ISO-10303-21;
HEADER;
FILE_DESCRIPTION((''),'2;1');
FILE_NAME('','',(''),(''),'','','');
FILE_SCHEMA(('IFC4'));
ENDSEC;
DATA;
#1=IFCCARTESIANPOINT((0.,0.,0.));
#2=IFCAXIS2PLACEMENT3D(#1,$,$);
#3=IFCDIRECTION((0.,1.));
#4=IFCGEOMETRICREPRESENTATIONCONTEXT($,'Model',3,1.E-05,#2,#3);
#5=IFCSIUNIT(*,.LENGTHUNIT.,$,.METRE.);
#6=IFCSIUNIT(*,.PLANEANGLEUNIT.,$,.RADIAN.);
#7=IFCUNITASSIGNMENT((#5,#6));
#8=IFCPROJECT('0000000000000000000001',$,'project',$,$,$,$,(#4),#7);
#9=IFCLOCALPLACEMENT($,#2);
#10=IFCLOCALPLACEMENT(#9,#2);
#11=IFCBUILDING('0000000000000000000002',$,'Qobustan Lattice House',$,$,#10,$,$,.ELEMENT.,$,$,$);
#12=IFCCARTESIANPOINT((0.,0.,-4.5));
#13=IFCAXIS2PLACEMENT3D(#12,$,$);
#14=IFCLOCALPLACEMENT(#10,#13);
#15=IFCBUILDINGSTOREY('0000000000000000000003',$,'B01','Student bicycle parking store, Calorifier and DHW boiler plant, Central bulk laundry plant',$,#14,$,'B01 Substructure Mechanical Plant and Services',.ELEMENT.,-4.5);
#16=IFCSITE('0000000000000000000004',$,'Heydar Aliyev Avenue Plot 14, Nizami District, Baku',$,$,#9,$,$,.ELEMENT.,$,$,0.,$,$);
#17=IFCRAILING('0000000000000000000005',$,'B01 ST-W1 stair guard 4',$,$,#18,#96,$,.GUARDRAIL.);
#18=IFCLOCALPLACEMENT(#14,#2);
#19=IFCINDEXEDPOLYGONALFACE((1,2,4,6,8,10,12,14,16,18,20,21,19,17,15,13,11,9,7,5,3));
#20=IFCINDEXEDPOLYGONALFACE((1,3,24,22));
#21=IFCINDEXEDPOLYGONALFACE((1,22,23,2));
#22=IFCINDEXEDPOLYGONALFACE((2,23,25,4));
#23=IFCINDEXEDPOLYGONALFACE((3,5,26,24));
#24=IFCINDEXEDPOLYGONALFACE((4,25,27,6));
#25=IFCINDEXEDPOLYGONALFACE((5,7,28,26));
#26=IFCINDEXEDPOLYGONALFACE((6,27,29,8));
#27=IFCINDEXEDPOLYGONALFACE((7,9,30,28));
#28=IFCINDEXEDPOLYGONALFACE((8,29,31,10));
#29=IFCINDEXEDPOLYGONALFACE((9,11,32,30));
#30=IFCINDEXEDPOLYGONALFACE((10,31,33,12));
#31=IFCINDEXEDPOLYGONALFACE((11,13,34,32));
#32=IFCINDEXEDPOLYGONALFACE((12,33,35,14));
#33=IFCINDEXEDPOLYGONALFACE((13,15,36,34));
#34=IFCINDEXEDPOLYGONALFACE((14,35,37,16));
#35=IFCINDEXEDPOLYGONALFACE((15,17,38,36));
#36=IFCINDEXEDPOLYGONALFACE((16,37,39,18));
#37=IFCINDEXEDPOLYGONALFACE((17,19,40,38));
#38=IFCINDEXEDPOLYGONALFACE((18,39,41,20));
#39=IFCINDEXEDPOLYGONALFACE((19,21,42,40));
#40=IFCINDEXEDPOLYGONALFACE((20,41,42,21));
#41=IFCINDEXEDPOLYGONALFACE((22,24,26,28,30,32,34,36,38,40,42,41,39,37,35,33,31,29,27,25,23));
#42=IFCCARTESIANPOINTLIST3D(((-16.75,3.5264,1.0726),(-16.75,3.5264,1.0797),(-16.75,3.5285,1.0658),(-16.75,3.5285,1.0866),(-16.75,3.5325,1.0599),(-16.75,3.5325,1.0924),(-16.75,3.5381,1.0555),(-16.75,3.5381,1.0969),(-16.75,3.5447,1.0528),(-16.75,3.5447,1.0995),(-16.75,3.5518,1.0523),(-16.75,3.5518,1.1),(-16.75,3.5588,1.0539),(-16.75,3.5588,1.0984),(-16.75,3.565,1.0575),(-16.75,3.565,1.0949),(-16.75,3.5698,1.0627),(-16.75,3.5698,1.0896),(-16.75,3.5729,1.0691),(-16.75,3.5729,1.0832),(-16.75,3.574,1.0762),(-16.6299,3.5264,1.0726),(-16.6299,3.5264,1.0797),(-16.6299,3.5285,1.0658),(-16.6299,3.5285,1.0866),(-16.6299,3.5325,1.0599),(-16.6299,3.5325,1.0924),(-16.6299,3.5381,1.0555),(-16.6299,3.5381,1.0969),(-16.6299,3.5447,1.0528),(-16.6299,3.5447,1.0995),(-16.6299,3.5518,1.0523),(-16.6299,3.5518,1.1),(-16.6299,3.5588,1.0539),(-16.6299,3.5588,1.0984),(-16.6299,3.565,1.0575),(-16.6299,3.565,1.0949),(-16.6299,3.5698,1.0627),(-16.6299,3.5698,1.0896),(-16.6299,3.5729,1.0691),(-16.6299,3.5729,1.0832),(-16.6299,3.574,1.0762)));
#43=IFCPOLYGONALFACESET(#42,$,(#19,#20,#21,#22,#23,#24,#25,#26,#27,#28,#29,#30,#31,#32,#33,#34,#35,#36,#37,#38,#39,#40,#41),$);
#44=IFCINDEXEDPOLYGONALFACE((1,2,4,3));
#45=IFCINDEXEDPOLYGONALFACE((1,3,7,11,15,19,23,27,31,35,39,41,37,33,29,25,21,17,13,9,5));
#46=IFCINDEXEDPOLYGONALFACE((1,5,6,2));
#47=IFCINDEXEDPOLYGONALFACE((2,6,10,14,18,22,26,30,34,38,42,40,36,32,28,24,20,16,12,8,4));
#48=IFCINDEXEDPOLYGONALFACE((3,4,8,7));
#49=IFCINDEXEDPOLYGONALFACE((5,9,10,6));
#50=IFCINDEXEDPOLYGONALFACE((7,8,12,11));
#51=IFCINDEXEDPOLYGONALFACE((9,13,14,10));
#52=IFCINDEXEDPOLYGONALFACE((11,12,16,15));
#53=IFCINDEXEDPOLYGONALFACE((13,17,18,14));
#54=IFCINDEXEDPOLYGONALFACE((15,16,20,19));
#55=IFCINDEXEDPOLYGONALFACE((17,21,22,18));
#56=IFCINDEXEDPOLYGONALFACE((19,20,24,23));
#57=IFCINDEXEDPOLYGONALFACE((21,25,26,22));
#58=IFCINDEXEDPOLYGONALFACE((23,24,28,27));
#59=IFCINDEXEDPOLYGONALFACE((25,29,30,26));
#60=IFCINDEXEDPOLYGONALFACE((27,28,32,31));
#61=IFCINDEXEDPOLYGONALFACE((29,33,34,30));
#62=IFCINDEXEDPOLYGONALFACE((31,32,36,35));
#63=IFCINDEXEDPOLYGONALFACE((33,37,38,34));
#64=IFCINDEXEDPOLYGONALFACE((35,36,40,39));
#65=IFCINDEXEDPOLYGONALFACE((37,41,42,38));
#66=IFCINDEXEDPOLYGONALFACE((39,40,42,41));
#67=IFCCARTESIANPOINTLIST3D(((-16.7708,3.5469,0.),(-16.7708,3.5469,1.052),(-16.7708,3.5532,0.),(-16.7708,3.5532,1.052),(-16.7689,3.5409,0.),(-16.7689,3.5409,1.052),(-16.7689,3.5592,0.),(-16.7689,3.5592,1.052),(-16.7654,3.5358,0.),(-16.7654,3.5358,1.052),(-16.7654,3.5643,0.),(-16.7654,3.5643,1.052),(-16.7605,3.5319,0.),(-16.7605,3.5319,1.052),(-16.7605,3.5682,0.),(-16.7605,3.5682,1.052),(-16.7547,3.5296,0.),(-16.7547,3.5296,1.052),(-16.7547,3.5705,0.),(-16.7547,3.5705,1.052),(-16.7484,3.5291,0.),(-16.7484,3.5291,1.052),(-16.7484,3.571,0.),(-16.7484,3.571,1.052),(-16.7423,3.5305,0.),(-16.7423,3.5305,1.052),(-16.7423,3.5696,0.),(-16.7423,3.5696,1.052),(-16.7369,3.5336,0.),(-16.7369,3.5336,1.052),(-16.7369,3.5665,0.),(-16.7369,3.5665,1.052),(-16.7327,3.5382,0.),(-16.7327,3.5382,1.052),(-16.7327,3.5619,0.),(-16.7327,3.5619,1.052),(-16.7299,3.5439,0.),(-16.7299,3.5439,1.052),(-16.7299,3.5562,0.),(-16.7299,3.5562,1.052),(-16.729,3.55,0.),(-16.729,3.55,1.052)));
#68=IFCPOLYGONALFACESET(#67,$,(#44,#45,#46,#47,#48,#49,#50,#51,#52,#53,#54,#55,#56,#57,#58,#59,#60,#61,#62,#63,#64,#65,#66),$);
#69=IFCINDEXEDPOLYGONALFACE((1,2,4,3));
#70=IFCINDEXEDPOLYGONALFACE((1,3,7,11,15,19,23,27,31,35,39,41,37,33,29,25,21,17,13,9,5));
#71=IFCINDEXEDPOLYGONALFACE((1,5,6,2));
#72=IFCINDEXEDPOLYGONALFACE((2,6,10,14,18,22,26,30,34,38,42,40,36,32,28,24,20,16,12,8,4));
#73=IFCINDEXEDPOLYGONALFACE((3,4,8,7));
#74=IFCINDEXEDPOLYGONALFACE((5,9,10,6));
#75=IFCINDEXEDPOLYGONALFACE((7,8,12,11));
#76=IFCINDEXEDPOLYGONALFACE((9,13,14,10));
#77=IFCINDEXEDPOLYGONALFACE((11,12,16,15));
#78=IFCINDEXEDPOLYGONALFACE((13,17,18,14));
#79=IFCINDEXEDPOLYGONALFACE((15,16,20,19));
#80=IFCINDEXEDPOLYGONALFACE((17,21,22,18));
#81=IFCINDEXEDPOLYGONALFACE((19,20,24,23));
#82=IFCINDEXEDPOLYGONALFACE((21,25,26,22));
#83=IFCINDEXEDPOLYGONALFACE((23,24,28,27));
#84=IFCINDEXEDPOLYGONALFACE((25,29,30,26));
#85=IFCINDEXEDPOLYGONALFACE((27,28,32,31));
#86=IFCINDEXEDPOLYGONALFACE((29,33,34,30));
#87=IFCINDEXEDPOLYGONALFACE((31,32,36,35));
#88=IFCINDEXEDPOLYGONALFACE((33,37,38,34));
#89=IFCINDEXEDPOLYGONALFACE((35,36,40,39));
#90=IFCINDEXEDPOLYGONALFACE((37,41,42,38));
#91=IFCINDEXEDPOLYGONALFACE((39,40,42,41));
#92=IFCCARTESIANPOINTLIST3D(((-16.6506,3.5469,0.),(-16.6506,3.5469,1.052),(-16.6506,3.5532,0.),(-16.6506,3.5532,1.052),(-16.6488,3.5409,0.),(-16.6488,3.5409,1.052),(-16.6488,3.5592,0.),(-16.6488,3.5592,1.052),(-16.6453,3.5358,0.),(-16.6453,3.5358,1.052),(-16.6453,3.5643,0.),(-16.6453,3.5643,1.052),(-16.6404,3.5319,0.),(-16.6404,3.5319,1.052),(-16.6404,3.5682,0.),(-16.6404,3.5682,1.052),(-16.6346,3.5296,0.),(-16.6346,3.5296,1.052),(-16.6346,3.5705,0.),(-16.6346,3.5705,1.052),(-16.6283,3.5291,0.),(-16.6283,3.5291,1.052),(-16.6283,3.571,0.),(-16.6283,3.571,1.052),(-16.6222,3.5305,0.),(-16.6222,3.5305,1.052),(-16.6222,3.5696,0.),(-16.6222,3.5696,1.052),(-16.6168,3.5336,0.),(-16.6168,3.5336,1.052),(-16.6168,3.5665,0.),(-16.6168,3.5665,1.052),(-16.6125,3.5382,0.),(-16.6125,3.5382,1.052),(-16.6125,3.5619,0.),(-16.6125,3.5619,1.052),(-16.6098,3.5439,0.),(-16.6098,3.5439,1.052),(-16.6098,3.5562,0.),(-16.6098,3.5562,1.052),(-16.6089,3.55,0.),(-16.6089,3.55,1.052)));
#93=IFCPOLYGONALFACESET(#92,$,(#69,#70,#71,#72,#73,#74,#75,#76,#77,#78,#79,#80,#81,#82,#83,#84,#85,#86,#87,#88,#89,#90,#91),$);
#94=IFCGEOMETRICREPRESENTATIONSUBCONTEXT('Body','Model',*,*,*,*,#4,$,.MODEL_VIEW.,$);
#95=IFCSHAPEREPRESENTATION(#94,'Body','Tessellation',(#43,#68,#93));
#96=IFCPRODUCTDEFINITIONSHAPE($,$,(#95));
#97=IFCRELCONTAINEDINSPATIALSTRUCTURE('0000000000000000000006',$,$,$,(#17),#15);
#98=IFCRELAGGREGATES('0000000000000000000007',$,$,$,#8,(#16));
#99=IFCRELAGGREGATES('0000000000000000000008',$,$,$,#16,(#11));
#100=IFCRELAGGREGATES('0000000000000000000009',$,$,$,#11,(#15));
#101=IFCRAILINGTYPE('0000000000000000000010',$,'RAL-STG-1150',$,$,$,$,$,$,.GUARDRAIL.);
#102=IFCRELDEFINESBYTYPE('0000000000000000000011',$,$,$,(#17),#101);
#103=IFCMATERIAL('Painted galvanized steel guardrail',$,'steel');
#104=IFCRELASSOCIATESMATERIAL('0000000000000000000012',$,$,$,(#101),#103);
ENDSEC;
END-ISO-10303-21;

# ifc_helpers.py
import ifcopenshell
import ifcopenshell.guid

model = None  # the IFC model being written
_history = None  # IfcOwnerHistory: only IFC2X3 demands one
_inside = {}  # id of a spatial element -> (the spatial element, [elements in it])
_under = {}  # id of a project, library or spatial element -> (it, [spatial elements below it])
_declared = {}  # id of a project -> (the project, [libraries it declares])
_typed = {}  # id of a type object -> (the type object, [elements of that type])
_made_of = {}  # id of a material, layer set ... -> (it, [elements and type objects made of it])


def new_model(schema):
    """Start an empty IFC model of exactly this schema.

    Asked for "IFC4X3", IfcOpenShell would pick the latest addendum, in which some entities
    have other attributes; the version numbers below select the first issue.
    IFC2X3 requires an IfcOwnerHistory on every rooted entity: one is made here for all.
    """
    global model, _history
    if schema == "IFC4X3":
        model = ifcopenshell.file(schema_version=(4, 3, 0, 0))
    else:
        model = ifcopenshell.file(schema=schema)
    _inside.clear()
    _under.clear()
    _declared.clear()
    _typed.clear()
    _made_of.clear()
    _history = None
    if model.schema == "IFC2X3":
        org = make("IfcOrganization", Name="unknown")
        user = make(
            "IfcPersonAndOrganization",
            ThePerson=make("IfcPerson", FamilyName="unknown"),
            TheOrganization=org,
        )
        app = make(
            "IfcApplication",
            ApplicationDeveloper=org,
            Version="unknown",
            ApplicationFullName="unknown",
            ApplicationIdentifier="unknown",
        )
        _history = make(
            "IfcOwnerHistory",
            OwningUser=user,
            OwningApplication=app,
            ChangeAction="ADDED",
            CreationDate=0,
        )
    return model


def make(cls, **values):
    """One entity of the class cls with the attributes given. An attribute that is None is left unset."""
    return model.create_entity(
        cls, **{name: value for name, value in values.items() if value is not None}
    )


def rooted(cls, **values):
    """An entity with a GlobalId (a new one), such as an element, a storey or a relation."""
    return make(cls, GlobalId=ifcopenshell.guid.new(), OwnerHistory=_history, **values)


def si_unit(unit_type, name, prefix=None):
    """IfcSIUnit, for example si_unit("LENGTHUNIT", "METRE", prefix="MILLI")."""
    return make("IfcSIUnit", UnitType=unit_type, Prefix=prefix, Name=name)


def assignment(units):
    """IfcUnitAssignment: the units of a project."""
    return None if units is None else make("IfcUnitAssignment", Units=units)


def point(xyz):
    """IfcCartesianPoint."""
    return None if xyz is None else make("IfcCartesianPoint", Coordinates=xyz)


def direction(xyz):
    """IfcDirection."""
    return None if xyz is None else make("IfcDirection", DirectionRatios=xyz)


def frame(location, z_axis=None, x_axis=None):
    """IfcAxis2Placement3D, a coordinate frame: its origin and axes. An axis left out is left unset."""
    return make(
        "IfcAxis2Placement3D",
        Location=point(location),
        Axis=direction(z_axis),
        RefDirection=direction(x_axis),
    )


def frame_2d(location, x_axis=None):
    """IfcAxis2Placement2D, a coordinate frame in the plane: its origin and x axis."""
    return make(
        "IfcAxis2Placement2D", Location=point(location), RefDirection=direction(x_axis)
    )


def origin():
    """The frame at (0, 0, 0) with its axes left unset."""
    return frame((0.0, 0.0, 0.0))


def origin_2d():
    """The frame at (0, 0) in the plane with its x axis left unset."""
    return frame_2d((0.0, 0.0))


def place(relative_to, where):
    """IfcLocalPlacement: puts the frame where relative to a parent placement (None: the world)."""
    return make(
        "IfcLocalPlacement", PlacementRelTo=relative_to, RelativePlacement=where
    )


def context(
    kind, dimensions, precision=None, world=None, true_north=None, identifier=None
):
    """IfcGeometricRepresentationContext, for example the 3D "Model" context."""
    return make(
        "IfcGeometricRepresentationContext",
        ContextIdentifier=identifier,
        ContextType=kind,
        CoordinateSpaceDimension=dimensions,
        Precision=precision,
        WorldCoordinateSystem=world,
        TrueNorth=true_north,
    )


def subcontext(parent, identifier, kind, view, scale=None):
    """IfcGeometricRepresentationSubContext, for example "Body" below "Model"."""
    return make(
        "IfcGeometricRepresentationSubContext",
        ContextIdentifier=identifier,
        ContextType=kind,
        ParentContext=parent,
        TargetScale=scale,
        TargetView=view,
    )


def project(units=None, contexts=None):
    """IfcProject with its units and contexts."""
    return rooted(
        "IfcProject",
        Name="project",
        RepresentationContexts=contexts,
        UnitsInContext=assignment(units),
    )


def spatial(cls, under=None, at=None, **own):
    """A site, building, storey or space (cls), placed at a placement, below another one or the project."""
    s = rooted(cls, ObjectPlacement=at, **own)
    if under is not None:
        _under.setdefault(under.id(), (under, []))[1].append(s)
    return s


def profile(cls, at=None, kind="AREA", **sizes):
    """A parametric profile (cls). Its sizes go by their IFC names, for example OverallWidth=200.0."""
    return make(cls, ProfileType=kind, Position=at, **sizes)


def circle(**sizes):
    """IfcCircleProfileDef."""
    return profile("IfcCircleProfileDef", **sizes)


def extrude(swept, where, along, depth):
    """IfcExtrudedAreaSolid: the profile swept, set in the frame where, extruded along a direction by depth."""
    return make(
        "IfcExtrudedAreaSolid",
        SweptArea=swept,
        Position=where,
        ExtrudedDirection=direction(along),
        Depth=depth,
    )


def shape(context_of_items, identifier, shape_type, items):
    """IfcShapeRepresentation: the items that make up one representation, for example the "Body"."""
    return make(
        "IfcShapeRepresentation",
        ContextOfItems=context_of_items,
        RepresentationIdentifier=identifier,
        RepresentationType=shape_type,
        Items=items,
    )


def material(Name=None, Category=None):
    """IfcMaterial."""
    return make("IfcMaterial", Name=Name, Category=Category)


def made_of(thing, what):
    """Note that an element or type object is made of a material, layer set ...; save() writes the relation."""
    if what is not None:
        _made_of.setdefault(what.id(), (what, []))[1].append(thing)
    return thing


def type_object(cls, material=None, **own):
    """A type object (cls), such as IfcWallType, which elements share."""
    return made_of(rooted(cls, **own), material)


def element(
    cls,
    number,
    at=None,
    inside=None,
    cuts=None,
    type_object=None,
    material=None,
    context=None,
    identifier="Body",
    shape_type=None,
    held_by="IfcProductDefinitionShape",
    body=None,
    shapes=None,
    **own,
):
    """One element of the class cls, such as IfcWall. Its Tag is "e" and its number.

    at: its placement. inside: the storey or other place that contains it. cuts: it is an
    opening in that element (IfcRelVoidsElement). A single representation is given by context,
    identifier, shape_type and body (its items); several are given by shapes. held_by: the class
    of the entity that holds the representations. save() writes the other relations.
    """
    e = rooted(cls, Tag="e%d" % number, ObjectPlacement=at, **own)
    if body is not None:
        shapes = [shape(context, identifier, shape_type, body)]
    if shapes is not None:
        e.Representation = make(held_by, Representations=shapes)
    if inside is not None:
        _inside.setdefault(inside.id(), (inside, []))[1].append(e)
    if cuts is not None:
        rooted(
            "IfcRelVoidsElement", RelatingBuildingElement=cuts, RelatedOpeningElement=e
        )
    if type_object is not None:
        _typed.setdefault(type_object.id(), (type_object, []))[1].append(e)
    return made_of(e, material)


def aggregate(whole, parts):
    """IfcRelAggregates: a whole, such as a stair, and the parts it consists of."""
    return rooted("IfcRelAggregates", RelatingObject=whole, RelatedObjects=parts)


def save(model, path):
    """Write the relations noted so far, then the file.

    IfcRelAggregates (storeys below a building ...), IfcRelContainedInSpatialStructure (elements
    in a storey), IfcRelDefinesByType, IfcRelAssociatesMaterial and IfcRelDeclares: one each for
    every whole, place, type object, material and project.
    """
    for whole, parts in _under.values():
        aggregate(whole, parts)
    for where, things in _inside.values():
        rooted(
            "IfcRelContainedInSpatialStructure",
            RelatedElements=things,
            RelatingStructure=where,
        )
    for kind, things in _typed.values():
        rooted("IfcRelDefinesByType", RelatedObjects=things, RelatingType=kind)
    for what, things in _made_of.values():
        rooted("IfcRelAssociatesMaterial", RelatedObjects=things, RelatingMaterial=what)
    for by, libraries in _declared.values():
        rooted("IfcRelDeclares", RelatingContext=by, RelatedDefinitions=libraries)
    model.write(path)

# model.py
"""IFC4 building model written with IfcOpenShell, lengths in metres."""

from ifc_helpers import new_model, si_unit, direction, frame, origin, origin_2d, place, context, subcontext, project, spatial, circle, extrude, material, type_object, element, save


model = new_model("IFC4")

# Units and contexts
model_context = context("Model", 3, precision=1e-05, world=origin(), true_north=direction((0.0, 1.0)))
body_context = subcontext(model_context, "Body", "Model", "MODEL_VIEW")
ifc_project = project(units=[si_unit("LENGTHUNIT", "METRE"), si_unit("PLANEANGLEUNIT", "RADIAN")], contexts=[model_context])

# Site, building, storey
site_placement = place(None, origin())
site = spatial("IfcSite", under=ifc_project, at=site_placement, Name="Heydar Aliyev Avenue Plot 14, Nizami District, Baku", CompositionType="ELEMENT", RefElevation=0.0)
building_placement = place(site_placement, origin())
building = spatial("IfcBuilding", under=site, at=building_placement, Name="Qobustan Lattice House", CompositionType="ELEMENT")
storey_placement = place(building_placement, frame((0.0, 0.0, -4.5)))
storey = spatial("IfcBuildingStorey", under=building, at=storey_placement, Name="B01", Description="Student bicycle parking store, Calorifier and DHW boiler plant, Central bulk laundry plant", LongName="B01 Substructure Mechanical Plant and Services", CompositionType="ELEMENT", Elevation=-4.5)

# Railing
ifc_material_1 = material(Name="Painted galvanized steel guardrail", Category="steel")
railing_type_1 = type_object("IfcRailingType", Name="RAL-STG-1150", PredefinedType="GUARDRAIL", material=ifc_material_1)
railing_1_placement = place(storey_placement, frame((-16.75, 3.55, 0.0)))
element("IfcRailing", 1, at=railing_1_placement, inside=storey, type_object=railing_type_1, Name="B01 ST-W1 stair guard 4", PredefinedType="GUARDRAIL", context=body_context, shape_type="SweptSolid", body=[
    extrude(circle(Radius=0.0239, at=origin_2d()), frame((0.0, 0.0, 1.0762), z_axis=(1.0, 0.0, 0.0), x_axis=(0.0, 1.0, 0.0)), (0.0, 0.0, 1.0), 0.1201),
    extrude(circle(Radius=0.021, at=origin_2d()), origin(), (0.0, 0.0, 1.0), 1.052),
    extrude(circle(Radius=0.021, at=origin_2d()), frame((0.1201, 0.0, 0.0)), (0.0, 0.0, 1.0), 1.052),
])

save(model, "model.ifc")
